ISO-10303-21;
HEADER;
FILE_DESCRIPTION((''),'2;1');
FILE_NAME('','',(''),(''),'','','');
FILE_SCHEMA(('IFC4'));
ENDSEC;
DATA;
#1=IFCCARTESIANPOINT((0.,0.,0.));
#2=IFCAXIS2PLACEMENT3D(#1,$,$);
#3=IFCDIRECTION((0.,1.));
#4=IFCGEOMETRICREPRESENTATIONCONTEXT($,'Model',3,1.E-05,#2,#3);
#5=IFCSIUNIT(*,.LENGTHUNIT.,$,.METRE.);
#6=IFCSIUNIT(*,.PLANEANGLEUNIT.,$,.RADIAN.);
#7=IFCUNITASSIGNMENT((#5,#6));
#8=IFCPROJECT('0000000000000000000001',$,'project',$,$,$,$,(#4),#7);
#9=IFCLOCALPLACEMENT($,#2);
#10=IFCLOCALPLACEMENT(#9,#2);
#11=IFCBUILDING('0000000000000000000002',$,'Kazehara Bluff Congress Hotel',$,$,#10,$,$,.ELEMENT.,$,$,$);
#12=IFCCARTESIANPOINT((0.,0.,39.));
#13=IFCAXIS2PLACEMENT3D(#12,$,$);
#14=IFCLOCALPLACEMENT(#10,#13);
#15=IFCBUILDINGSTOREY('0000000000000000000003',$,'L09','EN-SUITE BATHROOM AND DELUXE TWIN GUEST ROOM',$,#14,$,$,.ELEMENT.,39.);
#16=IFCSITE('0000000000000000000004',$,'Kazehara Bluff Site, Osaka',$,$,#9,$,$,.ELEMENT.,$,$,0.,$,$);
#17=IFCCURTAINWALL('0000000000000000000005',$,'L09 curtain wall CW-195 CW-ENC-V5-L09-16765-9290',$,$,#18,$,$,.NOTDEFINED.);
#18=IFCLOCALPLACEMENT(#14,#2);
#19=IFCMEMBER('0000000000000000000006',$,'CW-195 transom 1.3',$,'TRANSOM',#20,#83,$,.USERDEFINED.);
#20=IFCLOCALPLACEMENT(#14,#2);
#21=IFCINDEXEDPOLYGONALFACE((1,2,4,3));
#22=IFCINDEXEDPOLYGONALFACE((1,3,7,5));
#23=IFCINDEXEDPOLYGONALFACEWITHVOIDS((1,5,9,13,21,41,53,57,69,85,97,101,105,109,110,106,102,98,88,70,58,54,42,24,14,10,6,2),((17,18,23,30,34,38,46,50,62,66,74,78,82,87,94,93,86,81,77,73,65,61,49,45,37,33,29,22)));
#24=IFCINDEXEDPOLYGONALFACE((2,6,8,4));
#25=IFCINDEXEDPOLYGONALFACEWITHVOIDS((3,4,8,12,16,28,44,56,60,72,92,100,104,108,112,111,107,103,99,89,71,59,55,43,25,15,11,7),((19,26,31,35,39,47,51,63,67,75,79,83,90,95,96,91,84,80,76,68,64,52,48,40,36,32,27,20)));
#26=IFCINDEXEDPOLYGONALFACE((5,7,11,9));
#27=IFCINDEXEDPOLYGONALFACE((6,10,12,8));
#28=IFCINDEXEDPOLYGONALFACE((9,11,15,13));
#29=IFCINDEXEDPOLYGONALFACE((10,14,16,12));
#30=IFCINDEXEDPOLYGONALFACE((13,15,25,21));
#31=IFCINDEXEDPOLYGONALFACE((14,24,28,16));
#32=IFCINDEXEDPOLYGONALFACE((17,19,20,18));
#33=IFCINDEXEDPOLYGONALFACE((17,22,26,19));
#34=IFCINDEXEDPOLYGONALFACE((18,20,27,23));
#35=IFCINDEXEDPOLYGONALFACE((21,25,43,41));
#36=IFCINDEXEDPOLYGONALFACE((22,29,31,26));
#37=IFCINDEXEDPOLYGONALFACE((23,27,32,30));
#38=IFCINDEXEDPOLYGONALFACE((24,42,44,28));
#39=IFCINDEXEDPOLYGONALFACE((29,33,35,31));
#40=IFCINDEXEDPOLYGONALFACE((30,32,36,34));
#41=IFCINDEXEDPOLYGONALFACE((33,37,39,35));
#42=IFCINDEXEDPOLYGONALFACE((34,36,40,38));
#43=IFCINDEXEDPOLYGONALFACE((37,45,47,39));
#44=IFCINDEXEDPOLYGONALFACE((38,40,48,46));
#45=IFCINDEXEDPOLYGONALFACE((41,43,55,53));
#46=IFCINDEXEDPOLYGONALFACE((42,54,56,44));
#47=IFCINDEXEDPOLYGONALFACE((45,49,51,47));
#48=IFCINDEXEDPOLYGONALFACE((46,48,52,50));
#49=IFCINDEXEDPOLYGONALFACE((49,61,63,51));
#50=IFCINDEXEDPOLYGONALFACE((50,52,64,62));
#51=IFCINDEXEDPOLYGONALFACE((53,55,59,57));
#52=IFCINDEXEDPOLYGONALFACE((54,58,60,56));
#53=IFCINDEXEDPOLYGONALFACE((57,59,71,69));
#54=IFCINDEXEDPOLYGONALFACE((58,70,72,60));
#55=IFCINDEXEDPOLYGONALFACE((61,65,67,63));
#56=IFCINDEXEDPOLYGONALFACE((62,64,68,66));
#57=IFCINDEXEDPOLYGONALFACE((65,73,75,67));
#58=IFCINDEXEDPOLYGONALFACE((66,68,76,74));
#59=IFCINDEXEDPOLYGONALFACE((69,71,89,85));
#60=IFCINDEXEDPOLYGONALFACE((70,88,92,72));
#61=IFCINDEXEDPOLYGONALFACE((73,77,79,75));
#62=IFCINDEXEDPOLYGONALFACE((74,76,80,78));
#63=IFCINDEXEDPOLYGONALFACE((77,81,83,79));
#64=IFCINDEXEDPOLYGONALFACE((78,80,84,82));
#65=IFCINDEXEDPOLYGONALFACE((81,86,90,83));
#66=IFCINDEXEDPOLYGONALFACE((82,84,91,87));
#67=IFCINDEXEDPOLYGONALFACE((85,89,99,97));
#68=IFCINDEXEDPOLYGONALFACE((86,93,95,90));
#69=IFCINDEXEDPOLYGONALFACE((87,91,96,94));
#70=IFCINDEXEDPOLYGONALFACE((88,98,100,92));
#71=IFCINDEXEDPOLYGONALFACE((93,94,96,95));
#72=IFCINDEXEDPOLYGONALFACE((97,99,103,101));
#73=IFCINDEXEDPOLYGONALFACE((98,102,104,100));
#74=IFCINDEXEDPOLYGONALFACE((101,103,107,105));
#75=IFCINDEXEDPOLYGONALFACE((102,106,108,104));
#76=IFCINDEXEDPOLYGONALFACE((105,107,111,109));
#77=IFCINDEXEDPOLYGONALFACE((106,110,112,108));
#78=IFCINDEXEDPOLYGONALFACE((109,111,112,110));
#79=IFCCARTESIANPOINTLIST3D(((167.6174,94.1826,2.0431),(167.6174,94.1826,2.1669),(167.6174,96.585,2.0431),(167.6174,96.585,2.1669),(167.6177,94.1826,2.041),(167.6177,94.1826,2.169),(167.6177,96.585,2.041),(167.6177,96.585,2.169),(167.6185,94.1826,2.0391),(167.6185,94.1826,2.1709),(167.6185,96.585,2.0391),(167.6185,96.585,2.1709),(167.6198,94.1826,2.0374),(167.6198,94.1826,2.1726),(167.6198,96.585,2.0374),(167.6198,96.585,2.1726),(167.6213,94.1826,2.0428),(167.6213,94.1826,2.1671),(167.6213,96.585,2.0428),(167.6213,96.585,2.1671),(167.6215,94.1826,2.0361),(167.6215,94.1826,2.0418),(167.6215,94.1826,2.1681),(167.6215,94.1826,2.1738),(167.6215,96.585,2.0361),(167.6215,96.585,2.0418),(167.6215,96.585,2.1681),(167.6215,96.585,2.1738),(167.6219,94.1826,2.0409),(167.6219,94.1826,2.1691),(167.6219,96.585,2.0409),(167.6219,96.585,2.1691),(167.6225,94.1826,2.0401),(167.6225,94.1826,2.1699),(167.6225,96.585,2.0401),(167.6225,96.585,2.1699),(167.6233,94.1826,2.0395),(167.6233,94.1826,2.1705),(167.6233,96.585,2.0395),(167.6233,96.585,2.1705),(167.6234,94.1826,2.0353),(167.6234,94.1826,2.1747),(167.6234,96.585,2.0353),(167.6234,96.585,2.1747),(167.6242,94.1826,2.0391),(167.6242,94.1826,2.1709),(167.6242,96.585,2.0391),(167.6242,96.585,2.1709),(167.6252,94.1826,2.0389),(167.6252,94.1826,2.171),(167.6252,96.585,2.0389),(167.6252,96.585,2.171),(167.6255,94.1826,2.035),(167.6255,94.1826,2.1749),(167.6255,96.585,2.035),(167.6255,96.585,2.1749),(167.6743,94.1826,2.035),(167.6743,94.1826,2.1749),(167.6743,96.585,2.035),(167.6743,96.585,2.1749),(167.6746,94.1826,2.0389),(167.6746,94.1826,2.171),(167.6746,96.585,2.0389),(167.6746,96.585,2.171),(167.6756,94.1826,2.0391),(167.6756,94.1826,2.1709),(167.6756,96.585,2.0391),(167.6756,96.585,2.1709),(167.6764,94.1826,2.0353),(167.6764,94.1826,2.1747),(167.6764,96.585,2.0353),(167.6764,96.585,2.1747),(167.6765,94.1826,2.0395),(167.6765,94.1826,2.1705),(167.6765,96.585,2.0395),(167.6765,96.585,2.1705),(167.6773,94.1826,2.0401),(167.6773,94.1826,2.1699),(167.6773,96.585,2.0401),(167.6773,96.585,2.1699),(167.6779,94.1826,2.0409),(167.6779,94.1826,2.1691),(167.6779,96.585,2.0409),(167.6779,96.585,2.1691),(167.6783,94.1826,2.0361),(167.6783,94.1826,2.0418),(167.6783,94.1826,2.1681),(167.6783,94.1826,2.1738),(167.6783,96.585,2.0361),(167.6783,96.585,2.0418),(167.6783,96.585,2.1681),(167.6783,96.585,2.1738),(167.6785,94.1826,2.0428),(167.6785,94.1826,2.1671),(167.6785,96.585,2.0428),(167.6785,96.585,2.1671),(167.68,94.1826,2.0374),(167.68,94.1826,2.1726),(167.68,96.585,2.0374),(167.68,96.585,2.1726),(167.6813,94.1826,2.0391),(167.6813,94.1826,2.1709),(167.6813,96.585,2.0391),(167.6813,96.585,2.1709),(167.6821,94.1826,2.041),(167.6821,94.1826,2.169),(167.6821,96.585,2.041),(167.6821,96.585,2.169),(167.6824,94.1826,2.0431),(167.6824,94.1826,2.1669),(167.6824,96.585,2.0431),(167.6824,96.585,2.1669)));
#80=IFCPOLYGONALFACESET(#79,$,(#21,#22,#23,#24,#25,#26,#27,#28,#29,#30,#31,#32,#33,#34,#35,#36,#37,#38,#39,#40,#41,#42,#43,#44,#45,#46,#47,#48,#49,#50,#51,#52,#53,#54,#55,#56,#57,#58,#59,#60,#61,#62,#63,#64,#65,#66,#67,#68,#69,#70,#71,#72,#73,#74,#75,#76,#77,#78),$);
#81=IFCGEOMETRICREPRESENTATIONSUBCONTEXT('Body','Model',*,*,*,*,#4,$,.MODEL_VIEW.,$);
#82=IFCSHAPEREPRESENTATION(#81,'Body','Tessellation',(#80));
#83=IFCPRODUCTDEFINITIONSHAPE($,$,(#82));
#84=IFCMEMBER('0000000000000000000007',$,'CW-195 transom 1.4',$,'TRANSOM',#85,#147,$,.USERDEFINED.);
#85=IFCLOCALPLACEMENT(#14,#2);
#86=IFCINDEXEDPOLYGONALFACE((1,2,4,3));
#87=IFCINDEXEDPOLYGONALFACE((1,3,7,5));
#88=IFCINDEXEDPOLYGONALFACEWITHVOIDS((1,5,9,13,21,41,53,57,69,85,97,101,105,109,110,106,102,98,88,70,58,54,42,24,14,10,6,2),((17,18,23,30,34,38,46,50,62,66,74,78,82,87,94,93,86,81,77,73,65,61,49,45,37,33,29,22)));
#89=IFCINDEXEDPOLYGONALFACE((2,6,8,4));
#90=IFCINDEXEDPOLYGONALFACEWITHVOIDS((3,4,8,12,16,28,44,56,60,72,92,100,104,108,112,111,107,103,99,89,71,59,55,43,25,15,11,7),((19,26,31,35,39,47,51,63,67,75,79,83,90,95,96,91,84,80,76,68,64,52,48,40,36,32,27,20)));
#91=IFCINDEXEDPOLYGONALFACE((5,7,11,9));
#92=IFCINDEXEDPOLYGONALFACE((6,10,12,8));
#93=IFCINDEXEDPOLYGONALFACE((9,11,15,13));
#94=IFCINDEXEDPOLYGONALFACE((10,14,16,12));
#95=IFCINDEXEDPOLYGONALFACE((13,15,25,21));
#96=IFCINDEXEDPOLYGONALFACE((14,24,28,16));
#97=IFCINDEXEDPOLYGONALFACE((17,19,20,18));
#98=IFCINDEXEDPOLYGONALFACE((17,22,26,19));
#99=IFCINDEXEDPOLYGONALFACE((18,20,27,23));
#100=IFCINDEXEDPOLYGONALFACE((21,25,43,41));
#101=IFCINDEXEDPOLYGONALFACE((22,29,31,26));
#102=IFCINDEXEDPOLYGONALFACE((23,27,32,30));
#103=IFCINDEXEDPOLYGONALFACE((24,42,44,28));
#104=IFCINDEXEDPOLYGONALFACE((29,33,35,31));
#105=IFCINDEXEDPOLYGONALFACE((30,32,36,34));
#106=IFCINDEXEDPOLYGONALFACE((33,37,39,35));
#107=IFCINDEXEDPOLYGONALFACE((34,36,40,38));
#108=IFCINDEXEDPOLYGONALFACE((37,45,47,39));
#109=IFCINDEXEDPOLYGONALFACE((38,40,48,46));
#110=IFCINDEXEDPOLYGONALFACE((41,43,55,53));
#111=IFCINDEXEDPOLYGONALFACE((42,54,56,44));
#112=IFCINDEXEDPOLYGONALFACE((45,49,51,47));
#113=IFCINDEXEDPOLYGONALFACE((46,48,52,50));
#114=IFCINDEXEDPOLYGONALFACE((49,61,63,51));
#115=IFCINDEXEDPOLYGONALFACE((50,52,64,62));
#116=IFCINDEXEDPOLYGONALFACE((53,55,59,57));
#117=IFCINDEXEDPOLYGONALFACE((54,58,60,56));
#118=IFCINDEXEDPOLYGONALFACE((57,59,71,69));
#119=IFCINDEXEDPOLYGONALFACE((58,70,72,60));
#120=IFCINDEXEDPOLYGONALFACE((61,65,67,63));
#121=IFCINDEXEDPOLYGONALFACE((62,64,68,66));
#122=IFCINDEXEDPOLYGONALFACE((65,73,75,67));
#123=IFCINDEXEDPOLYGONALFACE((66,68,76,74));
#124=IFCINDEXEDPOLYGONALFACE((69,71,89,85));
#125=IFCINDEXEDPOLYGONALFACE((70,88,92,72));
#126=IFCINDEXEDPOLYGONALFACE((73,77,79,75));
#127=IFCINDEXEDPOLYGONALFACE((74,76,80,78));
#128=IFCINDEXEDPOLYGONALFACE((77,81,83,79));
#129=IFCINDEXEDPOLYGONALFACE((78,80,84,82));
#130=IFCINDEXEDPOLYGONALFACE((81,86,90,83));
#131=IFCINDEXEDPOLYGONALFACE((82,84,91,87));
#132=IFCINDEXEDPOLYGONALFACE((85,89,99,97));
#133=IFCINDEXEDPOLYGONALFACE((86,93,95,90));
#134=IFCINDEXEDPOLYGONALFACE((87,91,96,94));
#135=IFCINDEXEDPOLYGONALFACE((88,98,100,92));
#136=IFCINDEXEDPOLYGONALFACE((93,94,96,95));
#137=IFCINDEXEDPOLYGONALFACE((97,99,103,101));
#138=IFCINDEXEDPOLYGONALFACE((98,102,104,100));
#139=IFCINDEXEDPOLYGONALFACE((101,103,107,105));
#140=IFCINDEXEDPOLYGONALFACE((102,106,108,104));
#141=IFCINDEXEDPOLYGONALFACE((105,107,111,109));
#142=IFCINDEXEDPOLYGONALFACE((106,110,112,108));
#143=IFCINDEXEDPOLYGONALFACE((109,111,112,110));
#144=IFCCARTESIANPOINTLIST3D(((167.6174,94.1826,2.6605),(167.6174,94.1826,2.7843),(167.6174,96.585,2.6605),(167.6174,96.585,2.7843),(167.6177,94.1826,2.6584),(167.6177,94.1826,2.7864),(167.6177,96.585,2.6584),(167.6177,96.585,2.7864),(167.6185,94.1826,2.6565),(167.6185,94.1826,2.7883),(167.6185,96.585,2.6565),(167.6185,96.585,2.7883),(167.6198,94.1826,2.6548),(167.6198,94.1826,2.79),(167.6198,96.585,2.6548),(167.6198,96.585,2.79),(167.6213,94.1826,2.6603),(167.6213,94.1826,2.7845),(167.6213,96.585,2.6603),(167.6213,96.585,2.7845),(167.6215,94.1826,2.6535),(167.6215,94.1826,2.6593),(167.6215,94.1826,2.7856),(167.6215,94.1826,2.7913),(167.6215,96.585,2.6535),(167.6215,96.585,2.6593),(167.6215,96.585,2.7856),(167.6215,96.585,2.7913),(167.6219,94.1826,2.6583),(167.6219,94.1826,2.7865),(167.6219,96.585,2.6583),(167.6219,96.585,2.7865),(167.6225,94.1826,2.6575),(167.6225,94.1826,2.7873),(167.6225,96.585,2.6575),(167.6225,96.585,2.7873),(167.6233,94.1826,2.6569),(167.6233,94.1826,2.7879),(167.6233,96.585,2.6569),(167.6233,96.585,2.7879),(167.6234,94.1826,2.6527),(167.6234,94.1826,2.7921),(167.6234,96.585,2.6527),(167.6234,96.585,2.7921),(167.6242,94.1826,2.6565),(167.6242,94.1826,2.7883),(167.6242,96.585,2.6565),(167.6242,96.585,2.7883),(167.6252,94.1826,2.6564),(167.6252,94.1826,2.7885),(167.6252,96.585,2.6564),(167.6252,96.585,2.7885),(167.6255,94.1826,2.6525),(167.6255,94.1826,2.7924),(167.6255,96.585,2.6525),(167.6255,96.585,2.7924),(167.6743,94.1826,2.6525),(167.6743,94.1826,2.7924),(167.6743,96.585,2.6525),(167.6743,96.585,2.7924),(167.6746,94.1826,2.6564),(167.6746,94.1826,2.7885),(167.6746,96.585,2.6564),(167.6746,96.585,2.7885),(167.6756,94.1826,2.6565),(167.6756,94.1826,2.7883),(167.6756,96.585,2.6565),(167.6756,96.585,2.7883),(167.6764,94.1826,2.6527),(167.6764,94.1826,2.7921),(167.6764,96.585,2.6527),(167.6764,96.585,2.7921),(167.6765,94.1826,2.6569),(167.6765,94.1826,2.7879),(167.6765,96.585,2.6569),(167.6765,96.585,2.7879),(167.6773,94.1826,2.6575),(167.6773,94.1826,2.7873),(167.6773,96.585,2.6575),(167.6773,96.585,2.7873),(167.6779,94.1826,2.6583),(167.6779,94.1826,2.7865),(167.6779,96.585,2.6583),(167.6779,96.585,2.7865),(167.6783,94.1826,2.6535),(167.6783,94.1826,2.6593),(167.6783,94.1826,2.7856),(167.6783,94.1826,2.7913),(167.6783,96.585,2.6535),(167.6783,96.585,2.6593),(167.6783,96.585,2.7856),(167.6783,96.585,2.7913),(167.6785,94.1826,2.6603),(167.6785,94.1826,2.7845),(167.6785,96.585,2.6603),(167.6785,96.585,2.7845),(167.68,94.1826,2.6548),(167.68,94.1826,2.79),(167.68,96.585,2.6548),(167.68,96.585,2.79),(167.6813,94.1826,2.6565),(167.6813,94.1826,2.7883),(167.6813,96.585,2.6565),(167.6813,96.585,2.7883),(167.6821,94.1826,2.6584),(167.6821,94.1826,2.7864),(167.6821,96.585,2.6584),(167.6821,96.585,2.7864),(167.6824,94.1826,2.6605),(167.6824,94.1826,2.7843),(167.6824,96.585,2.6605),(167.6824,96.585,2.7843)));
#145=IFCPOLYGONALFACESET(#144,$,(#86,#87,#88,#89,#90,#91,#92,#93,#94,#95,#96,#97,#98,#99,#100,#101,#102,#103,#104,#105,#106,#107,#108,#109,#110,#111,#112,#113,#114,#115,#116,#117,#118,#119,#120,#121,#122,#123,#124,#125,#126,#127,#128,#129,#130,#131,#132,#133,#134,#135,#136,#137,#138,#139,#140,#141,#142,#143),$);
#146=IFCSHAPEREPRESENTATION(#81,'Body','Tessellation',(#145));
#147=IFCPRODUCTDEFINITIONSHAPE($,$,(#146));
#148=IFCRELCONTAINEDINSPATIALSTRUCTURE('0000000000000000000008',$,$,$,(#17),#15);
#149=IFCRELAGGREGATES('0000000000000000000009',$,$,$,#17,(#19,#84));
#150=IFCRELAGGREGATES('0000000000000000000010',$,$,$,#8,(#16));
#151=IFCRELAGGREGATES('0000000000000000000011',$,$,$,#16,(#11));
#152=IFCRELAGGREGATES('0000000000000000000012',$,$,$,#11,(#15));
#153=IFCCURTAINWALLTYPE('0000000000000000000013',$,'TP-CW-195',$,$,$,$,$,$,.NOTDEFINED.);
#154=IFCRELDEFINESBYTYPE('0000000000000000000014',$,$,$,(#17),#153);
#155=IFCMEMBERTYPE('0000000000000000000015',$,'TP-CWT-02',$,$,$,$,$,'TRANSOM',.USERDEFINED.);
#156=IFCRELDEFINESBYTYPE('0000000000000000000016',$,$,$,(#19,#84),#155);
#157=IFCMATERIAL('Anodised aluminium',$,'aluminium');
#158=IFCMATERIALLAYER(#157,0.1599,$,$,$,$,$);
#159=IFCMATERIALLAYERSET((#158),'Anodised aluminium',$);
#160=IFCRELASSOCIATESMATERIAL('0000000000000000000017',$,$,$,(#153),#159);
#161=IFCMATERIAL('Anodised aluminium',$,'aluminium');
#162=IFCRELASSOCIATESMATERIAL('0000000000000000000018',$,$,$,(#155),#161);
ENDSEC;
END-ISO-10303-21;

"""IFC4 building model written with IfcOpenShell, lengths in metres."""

from ifc_helpers import new_model, si_unit, direction, frame, origin, origin_2d, place, context, subcontext, project, spatial, hollow_rectangle, extrude, material, layer, layer_set, material_profile, profile_set, type_object, element, aggregate, save


model = new_model("IFC4")

# Units and contexts
model_context = context("Model", 3, precision=1e-05, world=origin(), true_north=direction((0.0, 1.0)))
body_context = subcontext(model_context, "Body", "Model", "MODEL_VIEW")
ifc_project = project(units=[si_unit("LENGTHUNIT", "METRE"), si_unit("PLANEANGLEUNIT", "RADIAN")], contexts=[model_context])

# Site, building, storey
site_placement = place(None, origin())
site = spatial("IfcSite", under=ifc_project, at=site_placement, Name="Kazehara Bluff Site, Osaka", CompositionType="ELEMENT", RefElevation=0.0)
building_placement = place(site_placement, origin())
building = spatial("IfcBuilding", under=site, at=building_placement, Name="Kazehara Bluff Congress Hotel", CompositionType="ELEMENT")
storey_placement = place(building_placement, frame((0.0, 0.0, 39.0)))
storey = spatial("IfcBuildingStorey", under=building, at=storey_placement, Name="L09", Description="EN-SUITE BATHROOM AND DELUXE TWIN GUEST ROOM", CompositionType="ELEMENT", Elevation=39.0)

# Curtain wall
ifc_material_1 = material(Name="Anodised aluminium", Category="aluminium")
ifc_layer_1 = layer(ifc_material_1, 0.1599)
ifc_layer_set_1 = layer_set([ifc_layer_1], Name="Anodised aluminium")
curtain_wall_type_1 = type_object("IfcCurtainWallType", Name="TP-CW-195", PredefinedType="NOTDEFINED", material=ifc_layer_set_1)
curtain_wall_1_placement = place(storey_placement, origin())
curtain_wall_1 = element("IfcCurtainWall", 1, at=curtain_wall_1_placement, inside=storey, type_object=curtain_wall_type_1, Name="L09 curtain wall CW-195 CW-ENC-V5-L09-16765-9290", PredefinedType="NOTDEFINED")

# Members
ifc_material_2 = material(Name="Anodised aluminium", Category="aluminium")
ifc_material_profile_1 = material_profile(ifc_material_2, hollow_rectangle(XDim=0.0649, YDim=0.1399, WallThickness=0.0039, InnerFilletRadius=0.0039, OuterFilletRadius=0.0081, at=origin_2d()))
ifc_profile_set_1 = profile_set([ifc_material_profile_1], Name="Anodised aluminium")
member_type_1 = type_object("IfcMemberType", Name="TP-CWT-02", ElementType="TRANSOM", PredefinedType="USERDEFINED", material=ifc_profile_set_1)
member_1_placement = place(storey_placement, frame((167.6499, 96.585, 2.105), z_axis=(0.0, -1.0, 0.0), x_axis=(1.0, 0.0, 0.0)))
member_1 = element("IfcMember", 2, at=member_1_placement, type_object=member_type_1, Name="CW-195 transom 1.3", ObjectType="TRANSOM", PredefinedType="USERDEFINED", context=body_context, shape_type="SweptSolid", body=[
    extrude(hollow_rectangle(XDim=0.0649, YDim=0.1399, WallThickness=0.0039, InnerFilletRadius=0.0039, OuterFilletRadius=0.0081, at=origin_2d()), origin(), (0.0, 0.0, 1.0), 2.4023),
])
member_2_placement = place(storey_placement, frame((167.6499, 96.585, 2.7224), z_axis=(0.0, -1.0, 0.0), x_axis=(1.0, 0.0, 0.0)))
member_2 = element("IfcMember", 3, at=member_2_placement, type_object=member_type_1, Name="CW-195 transom 1.4", ObjectType="TRANSOM", PredefinedType="USERDEFINED", context=body_context, shape_type="SweptSolid", body=[
    extrude(hollow_rectangle(XDim=0.0649, YDim=0.1399, WallThickness=0.0039, InnerFilletRadius=0.0039, OuterFilletRadius=0.0081, at=origin_2d()), origin(), (0.0, 0.0, 1.0), 2.4023),
])

aggregate(curtain_wall_1, [member_1, member_2])

save(model, "model.ifc")
